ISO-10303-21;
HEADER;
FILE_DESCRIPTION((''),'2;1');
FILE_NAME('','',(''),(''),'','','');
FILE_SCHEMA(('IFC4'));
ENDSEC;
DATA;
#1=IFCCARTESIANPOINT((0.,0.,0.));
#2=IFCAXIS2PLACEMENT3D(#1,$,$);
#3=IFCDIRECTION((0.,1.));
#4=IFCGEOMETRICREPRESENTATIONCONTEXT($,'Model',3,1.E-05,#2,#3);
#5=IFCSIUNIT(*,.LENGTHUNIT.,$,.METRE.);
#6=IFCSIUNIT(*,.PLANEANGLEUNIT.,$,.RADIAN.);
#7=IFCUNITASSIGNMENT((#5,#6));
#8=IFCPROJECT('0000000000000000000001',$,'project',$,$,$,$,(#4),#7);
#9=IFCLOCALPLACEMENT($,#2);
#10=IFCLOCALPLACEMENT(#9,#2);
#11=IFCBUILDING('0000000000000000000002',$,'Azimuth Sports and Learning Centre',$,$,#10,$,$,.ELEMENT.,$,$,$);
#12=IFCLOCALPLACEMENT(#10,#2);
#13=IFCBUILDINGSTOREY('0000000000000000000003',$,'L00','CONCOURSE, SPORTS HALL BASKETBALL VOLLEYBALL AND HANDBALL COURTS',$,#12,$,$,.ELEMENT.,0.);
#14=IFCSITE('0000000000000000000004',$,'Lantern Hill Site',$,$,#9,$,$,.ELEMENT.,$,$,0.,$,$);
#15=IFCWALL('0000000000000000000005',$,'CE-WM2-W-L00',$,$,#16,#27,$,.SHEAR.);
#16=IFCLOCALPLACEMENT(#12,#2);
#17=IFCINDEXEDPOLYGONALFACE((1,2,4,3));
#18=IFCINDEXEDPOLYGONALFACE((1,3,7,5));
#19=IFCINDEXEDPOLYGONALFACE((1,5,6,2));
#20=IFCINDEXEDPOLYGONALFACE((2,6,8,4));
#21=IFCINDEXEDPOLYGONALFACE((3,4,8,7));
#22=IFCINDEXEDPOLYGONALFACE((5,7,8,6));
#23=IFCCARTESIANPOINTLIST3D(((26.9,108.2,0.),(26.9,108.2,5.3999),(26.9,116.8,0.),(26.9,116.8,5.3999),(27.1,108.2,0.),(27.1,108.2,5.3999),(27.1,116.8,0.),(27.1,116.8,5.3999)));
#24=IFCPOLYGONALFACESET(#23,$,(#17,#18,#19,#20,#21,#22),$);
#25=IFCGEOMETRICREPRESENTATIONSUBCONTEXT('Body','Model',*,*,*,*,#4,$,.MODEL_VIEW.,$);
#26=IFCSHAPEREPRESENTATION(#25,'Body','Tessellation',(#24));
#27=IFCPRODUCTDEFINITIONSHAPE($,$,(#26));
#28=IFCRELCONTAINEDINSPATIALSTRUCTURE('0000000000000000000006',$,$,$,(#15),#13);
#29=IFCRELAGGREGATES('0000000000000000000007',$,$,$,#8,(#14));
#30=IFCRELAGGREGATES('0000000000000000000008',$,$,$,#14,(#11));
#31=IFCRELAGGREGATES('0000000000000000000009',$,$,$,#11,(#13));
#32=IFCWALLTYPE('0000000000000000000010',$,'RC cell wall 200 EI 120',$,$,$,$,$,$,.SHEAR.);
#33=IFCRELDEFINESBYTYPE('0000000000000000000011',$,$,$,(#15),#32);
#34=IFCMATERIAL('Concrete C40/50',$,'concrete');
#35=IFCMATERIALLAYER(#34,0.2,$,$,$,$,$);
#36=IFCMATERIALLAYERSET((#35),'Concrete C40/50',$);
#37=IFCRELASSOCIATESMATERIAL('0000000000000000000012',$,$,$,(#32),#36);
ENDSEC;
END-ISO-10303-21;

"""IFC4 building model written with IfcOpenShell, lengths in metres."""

from ifc_helpers import new_model, si_unit, direction, frame, frame_2d, origin, place, context, subcontext, project, spatial, rectangle, extrude, material, layer, layer_set, type_object, element, save


model = new_model("IFC4")

# Units and contexts
model_context = context("Model", 3, precision=1e-05, world=origin(), true_north=direction((0.0, 1.0)))
body_context = subcontext(model_context, "Body", "Model", "MODEL_VIEW")
ifc_project = project(units=[si_unit("LENGTHUNIT", "METRE"), si_unit("PLANEANGLEUNIT", "RADIAN")], contexts=[model_context])

# Site, building, storey
site_placement = place(None, origin())
site = spatial("IfcSite", under=ifc_project, at=site_placement, Name="Lantern Hill Site", CompositionType="ELEMENT", RefElevation=0.0)
building_placement = place(site_placement, origin())
building = spatial("IfcBuilding", under=site, at=building_placement, Name="Azimuth Sports and Learning Centre", CompositionType="ELEMENT")
storey_placement = place(building_placement, origin())
storey = spatial("IfcBuildingStorey", under=building, at=storey_placement, Name="L00", Description="CONCOURSE, SPORTS HALL BASKETBALL VOLLEYBALL AND HANDBALL COURTS", CompositionType="ELEMENT", Elevation=0.0)

# Shared definitions
ifc_material_1 = material(Name="Concrete C40/50", Category="concrete")
ifc_layer_1 = layer(ifc_material_1, 0.2)
ifc_layer_set_1 = layer_set([ifc_layer_1], Name="Concrete C40/50")
wall_type_1 = type_object("IfcWallType", Name="RC cell wall 200 EI 120", PredefinedType="SHEAR", material=ifc_layer_set_1)

# Wall
wall_1_placement = place(storey_placement, frame((27.0, 108.2, 0.0), z_axis=(0.0, 0.0, 1.0), x_axis=(0.0, 1.0, 0.0)))
element("IfcWall", 1, at=wall_1_placement, inside=storey, type_object=wall_type_1, Name="CE-WM2-W-L00", PredefinedType="SHEAR", context=body_context, shape_type="SweptSolid", body=[
    extrude(rectangle(XDim=8.6001, YDim=0.2, at=frame_2d((4.3, 0.0))), origin(), (0.0, 0.0, 1.0), 5.3999),
])

save(model, "model.ifc")
